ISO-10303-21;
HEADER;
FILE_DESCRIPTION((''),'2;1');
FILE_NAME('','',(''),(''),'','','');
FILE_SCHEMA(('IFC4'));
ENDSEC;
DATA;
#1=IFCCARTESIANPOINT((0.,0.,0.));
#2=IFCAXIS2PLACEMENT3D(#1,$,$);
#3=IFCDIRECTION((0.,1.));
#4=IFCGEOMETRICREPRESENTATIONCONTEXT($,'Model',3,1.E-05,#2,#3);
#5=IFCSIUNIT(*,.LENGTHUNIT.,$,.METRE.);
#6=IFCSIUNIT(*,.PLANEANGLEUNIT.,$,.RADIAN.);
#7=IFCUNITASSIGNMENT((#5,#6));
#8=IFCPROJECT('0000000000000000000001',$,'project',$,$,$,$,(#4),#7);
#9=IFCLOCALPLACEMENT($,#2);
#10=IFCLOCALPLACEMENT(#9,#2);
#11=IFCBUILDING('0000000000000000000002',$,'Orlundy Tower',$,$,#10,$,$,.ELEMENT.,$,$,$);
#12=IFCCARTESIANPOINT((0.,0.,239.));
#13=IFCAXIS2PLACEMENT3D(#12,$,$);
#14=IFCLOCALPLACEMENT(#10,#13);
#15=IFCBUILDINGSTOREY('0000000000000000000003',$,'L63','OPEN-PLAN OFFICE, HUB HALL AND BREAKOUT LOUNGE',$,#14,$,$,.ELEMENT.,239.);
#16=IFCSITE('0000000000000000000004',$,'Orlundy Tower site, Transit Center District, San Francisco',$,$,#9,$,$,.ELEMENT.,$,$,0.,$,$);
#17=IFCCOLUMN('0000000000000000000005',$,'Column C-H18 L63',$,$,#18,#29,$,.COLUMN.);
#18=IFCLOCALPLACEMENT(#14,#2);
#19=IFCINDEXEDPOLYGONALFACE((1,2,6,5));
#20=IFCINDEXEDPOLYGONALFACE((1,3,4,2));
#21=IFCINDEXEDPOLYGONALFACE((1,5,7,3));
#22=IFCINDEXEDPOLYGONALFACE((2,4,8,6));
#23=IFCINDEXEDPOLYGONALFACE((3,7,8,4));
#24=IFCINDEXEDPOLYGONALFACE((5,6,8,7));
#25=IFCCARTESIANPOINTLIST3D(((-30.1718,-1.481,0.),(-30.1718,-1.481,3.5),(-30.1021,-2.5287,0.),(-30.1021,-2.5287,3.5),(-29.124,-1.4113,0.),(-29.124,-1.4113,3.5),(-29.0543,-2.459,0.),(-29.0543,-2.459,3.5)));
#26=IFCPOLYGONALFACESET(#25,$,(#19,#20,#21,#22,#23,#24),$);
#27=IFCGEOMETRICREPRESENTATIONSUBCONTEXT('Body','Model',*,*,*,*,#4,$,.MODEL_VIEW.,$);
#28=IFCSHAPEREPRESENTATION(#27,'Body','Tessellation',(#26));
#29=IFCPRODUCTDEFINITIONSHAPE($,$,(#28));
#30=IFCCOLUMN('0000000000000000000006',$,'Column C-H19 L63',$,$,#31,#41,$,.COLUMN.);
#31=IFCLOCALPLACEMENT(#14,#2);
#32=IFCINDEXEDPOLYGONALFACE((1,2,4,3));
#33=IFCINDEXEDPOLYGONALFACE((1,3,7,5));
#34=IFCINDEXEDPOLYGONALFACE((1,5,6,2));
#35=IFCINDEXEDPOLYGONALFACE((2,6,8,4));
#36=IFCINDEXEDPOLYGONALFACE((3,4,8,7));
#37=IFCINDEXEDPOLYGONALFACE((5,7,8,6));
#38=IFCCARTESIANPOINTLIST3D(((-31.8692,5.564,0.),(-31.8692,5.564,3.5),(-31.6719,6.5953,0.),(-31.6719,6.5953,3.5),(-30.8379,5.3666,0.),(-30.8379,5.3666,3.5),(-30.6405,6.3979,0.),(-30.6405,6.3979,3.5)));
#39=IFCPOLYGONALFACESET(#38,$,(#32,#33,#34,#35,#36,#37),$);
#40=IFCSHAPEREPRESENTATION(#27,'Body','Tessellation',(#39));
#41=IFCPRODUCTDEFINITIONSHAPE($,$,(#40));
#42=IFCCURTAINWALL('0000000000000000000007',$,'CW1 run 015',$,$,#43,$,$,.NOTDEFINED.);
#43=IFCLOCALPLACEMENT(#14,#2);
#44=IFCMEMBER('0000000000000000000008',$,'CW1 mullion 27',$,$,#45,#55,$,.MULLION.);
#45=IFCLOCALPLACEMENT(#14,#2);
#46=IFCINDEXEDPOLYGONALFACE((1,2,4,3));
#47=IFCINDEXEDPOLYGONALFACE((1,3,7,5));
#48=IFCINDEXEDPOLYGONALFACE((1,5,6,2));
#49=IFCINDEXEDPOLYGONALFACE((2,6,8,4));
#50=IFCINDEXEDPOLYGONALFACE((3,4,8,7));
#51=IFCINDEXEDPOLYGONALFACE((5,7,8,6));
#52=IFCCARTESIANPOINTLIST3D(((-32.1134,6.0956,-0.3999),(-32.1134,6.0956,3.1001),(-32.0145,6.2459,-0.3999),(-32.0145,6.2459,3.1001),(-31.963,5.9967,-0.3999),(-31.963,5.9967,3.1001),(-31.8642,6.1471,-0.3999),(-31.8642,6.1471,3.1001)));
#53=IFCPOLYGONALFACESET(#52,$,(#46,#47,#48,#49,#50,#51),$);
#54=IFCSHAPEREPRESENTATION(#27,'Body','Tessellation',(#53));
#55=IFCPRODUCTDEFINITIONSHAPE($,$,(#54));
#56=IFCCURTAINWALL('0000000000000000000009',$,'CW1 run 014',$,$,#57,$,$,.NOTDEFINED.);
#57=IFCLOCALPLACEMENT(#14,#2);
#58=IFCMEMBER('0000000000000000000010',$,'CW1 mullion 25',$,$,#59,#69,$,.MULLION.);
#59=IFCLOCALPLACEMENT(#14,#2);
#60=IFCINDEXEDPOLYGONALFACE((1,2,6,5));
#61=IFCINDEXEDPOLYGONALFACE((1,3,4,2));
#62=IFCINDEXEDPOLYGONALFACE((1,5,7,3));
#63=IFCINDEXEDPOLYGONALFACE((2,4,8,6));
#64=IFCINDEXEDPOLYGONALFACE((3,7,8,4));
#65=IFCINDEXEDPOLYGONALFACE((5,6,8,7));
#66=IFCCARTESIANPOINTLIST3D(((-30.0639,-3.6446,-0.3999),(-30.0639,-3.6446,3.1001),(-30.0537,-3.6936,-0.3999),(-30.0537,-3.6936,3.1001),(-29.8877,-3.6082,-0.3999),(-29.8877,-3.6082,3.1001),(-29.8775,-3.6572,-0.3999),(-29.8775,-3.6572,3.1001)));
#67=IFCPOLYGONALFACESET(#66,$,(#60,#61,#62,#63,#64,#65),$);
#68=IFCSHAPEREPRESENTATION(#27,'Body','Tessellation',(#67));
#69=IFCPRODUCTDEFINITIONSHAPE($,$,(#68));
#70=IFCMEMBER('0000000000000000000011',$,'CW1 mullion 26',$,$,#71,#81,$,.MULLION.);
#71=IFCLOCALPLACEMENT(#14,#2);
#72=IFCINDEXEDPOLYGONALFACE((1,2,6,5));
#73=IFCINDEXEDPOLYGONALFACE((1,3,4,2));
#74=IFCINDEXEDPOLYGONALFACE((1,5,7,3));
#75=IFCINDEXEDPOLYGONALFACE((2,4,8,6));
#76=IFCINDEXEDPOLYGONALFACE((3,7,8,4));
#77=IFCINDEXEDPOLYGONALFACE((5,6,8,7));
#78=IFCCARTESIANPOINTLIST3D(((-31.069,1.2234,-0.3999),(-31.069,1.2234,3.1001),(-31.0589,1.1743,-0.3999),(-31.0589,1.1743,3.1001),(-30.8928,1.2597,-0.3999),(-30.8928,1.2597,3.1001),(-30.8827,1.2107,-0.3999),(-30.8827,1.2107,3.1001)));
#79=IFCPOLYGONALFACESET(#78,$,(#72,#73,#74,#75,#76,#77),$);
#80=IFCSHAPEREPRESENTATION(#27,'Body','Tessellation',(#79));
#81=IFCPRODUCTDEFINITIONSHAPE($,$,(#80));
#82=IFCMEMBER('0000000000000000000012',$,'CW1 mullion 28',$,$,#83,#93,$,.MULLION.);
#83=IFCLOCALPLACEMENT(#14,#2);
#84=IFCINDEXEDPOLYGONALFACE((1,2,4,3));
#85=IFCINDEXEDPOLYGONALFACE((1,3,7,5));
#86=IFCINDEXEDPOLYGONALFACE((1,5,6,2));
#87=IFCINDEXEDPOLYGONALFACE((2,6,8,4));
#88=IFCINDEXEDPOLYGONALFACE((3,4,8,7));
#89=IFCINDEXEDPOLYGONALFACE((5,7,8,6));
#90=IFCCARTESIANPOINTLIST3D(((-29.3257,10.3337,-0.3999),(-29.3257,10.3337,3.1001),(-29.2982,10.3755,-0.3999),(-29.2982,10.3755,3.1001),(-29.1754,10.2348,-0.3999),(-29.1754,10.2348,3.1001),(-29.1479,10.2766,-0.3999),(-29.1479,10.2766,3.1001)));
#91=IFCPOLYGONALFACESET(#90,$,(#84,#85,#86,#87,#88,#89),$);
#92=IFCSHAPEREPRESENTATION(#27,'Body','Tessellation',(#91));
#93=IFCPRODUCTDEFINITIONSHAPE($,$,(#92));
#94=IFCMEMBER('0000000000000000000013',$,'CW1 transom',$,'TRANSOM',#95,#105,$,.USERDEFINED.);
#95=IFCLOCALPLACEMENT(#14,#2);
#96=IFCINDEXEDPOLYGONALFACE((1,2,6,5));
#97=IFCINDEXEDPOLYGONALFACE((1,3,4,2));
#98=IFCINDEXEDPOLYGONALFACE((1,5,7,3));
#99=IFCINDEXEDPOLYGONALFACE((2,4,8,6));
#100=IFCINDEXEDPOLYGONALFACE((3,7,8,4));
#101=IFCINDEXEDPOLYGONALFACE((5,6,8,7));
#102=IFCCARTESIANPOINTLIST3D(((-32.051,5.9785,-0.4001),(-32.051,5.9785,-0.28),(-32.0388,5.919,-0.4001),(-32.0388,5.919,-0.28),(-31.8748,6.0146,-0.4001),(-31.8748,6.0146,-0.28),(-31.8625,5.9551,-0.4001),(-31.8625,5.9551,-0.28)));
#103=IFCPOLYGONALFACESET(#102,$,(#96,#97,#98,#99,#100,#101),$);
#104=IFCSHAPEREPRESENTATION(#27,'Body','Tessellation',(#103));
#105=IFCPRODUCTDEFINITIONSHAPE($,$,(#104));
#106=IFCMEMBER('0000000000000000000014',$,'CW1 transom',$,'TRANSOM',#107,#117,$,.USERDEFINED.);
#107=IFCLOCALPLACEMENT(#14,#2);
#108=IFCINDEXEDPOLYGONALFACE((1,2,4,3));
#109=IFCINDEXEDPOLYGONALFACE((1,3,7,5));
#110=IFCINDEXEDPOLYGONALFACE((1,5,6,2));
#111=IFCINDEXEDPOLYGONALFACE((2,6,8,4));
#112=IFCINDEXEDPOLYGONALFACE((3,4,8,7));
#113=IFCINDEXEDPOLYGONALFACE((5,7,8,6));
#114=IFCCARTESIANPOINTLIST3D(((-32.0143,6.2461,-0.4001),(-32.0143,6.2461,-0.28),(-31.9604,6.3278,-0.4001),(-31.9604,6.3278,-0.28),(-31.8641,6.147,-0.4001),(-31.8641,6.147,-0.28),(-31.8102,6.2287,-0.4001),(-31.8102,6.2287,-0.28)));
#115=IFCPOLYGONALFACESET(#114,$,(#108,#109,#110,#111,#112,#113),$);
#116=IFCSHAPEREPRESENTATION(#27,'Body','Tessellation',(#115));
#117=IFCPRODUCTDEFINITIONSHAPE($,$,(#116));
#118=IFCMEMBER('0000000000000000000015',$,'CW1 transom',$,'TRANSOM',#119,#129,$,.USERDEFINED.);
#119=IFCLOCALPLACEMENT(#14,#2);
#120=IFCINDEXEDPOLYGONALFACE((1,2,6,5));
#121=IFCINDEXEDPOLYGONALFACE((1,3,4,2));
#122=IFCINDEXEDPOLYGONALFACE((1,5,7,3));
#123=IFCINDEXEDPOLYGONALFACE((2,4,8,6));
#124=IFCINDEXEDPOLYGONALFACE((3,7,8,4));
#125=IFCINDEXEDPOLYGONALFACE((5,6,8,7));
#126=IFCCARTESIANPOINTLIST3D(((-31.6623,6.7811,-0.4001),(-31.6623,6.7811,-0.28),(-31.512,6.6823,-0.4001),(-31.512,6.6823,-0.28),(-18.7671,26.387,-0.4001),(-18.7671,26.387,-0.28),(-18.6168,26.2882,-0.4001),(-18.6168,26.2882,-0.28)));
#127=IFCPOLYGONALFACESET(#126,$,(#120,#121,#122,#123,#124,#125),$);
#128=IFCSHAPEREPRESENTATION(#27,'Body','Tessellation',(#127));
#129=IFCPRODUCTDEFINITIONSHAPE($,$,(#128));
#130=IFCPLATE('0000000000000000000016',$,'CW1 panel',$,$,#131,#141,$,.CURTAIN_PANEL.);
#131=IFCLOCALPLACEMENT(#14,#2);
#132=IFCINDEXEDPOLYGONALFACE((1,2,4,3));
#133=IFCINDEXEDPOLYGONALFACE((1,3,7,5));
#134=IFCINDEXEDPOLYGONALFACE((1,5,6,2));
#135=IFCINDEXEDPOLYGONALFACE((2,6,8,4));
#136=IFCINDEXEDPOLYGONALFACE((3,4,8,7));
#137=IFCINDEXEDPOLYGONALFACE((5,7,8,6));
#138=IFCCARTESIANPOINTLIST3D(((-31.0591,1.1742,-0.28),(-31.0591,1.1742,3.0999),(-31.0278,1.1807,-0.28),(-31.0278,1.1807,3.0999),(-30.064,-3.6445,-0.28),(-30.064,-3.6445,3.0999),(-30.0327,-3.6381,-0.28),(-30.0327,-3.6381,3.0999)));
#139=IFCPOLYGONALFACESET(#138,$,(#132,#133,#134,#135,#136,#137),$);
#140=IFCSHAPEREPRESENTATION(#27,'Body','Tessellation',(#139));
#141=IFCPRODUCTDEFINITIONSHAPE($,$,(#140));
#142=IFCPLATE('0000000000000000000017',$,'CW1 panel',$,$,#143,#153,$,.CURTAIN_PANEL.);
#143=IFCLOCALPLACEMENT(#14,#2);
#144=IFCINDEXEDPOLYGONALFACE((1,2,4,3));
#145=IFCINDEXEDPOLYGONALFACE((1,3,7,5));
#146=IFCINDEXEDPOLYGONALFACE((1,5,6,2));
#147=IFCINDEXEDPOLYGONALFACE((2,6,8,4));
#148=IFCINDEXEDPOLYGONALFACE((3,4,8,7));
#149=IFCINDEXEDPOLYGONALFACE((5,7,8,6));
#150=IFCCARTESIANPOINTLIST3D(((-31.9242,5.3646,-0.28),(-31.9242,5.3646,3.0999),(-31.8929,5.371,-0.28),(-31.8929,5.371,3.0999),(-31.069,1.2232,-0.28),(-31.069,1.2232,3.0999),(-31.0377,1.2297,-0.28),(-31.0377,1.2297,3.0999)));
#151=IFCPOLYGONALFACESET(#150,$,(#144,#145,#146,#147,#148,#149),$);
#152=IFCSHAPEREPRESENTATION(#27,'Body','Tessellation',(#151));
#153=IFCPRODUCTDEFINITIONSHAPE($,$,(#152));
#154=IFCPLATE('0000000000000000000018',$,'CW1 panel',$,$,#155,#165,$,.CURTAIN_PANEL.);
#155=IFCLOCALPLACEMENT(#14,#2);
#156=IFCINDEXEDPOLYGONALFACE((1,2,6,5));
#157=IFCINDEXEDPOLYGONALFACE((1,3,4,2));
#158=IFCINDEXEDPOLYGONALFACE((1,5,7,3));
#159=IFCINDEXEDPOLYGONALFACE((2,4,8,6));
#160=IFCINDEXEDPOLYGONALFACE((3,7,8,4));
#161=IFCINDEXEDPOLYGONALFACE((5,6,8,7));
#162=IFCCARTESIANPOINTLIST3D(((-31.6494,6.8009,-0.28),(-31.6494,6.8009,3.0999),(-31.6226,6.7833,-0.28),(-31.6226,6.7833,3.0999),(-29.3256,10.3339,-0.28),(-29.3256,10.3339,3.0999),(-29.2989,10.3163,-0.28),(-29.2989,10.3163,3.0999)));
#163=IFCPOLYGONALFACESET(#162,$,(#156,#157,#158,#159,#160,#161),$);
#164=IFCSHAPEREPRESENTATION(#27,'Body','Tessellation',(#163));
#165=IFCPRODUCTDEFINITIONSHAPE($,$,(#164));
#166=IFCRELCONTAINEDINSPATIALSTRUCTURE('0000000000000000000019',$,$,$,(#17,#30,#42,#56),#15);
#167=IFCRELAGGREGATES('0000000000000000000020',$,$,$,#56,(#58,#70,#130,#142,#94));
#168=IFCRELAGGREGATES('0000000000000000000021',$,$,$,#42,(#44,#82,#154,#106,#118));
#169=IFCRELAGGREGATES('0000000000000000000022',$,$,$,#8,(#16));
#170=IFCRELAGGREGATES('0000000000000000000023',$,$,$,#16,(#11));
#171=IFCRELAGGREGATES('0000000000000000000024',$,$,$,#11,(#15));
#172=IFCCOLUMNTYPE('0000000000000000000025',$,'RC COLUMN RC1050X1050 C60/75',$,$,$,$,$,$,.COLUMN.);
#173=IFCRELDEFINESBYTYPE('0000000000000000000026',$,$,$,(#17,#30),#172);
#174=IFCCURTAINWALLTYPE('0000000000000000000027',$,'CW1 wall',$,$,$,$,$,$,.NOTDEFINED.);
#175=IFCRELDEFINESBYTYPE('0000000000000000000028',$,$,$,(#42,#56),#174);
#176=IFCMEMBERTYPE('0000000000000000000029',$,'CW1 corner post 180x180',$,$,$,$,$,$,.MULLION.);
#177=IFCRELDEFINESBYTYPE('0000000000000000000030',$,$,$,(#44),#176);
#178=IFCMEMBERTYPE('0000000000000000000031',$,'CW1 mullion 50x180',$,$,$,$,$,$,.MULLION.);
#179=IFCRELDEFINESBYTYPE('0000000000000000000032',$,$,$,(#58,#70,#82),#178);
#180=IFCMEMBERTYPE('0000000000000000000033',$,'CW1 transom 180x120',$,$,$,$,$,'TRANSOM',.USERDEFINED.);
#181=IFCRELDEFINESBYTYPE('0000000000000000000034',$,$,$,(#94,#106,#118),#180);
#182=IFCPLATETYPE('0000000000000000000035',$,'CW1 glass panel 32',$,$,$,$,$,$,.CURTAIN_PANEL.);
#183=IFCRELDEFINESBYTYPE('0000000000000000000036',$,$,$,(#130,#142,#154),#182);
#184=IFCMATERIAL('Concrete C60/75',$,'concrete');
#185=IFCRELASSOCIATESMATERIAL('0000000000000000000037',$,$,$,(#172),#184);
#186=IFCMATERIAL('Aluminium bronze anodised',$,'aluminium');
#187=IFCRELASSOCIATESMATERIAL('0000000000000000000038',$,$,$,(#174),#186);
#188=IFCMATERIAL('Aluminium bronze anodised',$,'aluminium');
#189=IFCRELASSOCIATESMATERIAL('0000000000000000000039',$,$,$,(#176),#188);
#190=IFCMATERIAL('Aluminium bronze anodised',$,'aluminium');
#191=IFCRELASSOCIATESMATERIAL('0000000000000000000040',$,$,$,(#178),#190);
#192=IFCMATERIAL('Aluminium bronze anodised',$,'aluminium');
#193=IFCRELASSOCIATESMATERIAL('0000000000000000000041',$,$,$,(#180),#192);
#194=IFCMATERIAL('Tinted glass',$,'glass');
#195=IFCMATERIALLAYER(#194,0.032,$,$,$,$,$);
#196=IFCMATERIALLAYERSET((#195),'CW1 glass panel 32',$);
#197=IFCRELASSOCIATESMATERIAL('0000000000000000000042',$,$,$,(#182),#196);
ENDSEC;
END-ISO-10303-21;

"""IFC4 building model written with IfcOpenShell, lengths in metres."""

from ifc_helpers import new_model, si_unit, direction, frame, origin, origin_2d, place, context, subcontext, project, spatial, rectangle, extrude, material, layer, layer_set, material_profile, profile_set, type_object, element, aggregate, save


model = new_model("IFC4")

# Units and contexts
model_context = context("Model", 3, precision=1e-05, world=origin(), true_north=direction((0.0, 1.0)))
body_context = subcontext(model_context, "Body", "Model", "MODEL_VIEW")
ifc_project = project(units=[si_unit("LENGTHUNIT", "METRE"), si_unit("PLANEANGLEUNIT", "RADIAN")], contexts=[model_context])

# Site, building, storey
site_placement = place(None, origin())
site = spatial("IfcSite", under=ifc_project, at=site_placement, Name="Orlundy Tower site, Transit Center District, San Francisco", CompositionType="ELEMENT", RefElevation=0.0)
building_placement = place(site_placement, origin())
building = spatial("IfcBuilding", under=site, at=building_placement, Name="Orlundy Tower", CompositionType="ELEMENT")
storey_placement = place(building_placement, frame((0.0, 0.0, 239.0)))
storey = spatial("IfcBuildingStorey", under=building, at=storey_placement, Name="L63", Description="OPEN-PLAN OFFICE, HUB HALL AND BREAKOUT LOUNGE", CompositionType="ELEMENT", Elevation=239.0)

# Columns
ifc_material_1 = material(Name="Concrete C60/75", Category="concrete")
ifc_material_profile_1 = material_profile(ifc_material_1, rectangle(XDim=1.05, YDim=1.05, at=origin_2d()), Name="RC1050X1050")
ifc_profile_set_1 = profile_set([ifc_material_profile_1], Name="Concrete C60/75")
column_type = type_object("IfcColumnType", Name="RC COLUMN RC1050X1050 C60/75", PredefinedType="COLUMN", material=ifc_profile_set_1)
for number, where, z_axis, x_axis, name in (
    (1, (-29.613, -1.97, 0.0), (0.0, 0.0, 1.0), (-0.997795, -0.066378, 0.0), "Column C-H18 L63"),
    (2, (-31.2549, 5.981, 0.0), (0.0, 0.0, 1.0), (-0.982179, 0.187947, 0.0), "Column C-H19 L63"),
):
    element("IfcColumn", number, at=place(storey_placement, frame(where, z_axis=z_axis, x_axis=x_axis)), inside=storey, type_object=column_type, Name=name, PredefinedType="COLUMN", context=body_context, shape_type="SweptSolid", body=[
        extrude(rectangle(XDim=1.05, YDim=1.05, at=origin_2d()), origin(), (0.0, 0.0, 1.0), 3.5),
    ])

# Curtain wall, member
ifc_material_2 = material(Name="Aluminium bronze anodised", Category="aluminium")
curtain_wall_type = type_object("IfcCurtainWallType", Name="CW1 wall", PredefinedType="NOTDEFINED", material=ifc_material_2)
curtain_wall_1_placement = place(storey_placement, origin())
curtain_wall_1 = element("IfcCurtainWall", 3, at=curtain_wall_1_placement, inside=storey, type_object=curtain_wall_type, Name="CW1 run 015", PredefinedType="NOTDEFINED")
ifc_material_3 = material(Name="Aluminium bronze anodised", Category="aluminium")
ifc_material_profile_2 = material_profile(ifc_material_3, rectangle(XDim=0.1799, YDim=0.1799, at=origin_2d()), Name="CW1 corner post 180x180")
ifc_profile_set_2 = profile_set([ifc_material_profile_2], Name="Aluminium bronze anodised")
member_type_1 = type_object("IfcMemberType", Name="CW1 corner post 180x180", PredefinedType="MULLION", material=ifc_profile_set_2)
member_1_placement = place(storey_placement, frame((-31.9888, 6.1213, -0.3999), z_axis=(0.0, 0.0, 1.0), x_axis=(-0.835482, 0.549517, 0.0)))
member_1 = element("IfcMember", 4, at=member_1_placement, type_object=member_type_1, Name="CW1 mullion 27", PredefinedType="MULLION", context=body_context, shape_type="SweptSolid", body=[
    extrude(rectangle(XDim=0.1799, YDim=0.1799, at=origin_2d()), origin(), (0.0, 0.0, 1.0), 3.5),
])

# Curtain wall, members
curtain_wall_2_placement = place(storey_placement, origin())
curtain_wall_2 = element("IfcCurtainWall", 5, at=curtain_wall_2_placement, inside=storey, type_object=curtain_wall_type, Name="CW1 run 014", PredefinedType="NOTDEFINED")
ifc_material_4 = material(Name="Aluminium bronze anodised", Category="aluminium")
ifc_material_profile_3 = material_profile(ifc_material_4, rectangle(XDim=0.1799, YDim=0.05, at=origin_2d()), Name="CW1 mullion 50x180")
ifc_profile_set_3 = profile_set([ifc_material_profile_3], Name="Aluminium bronze anodised")
member_type_2 = type_object("IfcMemberType", Name="CW1 mullion 50x180", PredefinedType="MULLION", material=ifc_profile_set_3)
member_2_placement = place(storey_placement, frame((-29.9707, -3.6509, -0.3999), z_axis=(0.0, 0.0, 1.0), x_axis=(-0.979337, -0.202233, 0.0)))
member_2 = element("IfcMember", 6, at=member_2_placement, type_object=member_type_2, Name="CW1 mullion 25", PredefinedType="MULLION", context=body_context, shape_type="SweptSolid", body=[
    extrude(rectangle(XDim=0.1799, YDim=0.05, at=origin_2d()), origin(), (0.0, 0.0, 1.0), 3.5),
])
member_3_placement = place(storey_placement, frame((-30.9758, 1.217, -0.3999), z_axis=(0.0, 0.0, 1.0), x_axis=(-0.979337, -0.202233, 0.0)))
member_3 = element("IfcMember", 7, at=member_3_placement, type_object=member_type_2, Name="CW1 mullion 26", PredefinedType="MULLION", context=body_context, shape_type="SweptSolid", body=[
    extrude(rectangle(XDim=0.1799, YDim=0.05, at=origin_2d()), origin(), (0.0, 0.0, 1.0), 3.5),
])

# Members
member_4_placement = place(storey_placement, frame((-29.2368, 10.3052, -0.3999), z_axis=(0.0, 0.0, 1.0), x_axis=(-0.835482, 0.549517, 0.0)))
member_4 = element("IfcMember", 8, at=member_4_placement, type_object=member_type_2, Name="CW1 mullion 28", PredefinedType="MULLION", context=body_context, shape_type="SweptSolid", body=[
    extrude(rectangle(XDim=0.1799, YDim=0.05, at=origin_2d()), origin(), (0.0, 0.0, 1.0), 3.5),
])
ifc_material_5 = material(Name="Aluminium bronze anodised", Category="aluminium")
ifc_material_profile_4 = material_profile(ifc_material_5, rectangle(XDim=0.1799, YDim=0.1201, at=origin_2d()), Name="CW1 transom 180x120")
ifc_profile_set_4 = profile_set([ifc_material_profile_4], Name="Aluminium bronze anodised")
member_type_3 = type_object("IfcMemberType", Name="CW1 transom 180x120", ElementType="TRANSOM", PredefinedType="USERDEFINED", material=ifc_profile_set_4)
member_5_placement = place(storey_placement, frame((-31.9507, 5.937, -0.3401), z_axis=(-0.200747, 0.979643, 0.0), x_axis=(-0.979643, -0.200747, 0.0)))
member_5 = element("IfcMember", 9, at=member_5_placement, type_object=member_type_3, Name="CW1 transom", ObjectType="TRANSOM", PredefinedType="USERDEFINED", context=body_context, shape_type="SweptSolid", body=[
    extrude(rectangle(XDim=0.1799, YDim=0.1201, at=origin_2d()), origin(), (0.0, 0.0, 1.0), 0.0608),
])
member_6_placement = place(storey_placement, frame((-31.9392, 6.1965, -0.3401), z_axis=(0.550669, 0.834724, 0.0), x_axis=(-0.834724, 0.550669, 0.0)))
member_6 = element("IfcMember", 10, at=member_6_placement, type_object=member_type_3, Name="CW1 transom", ObjectType="TRANSOM", PredefinedType="USERDEFINED", context=body_context, shape_type="SweptSolid", body=[
    extrude(rectangle(XDim=0.1799, YDim=0.1201, at=origin_2d()), origin(), (0.0, 0.0, 1.0), 0.0979),
])
member_7_placement = place(storey_placement, frame((-31.5872, 6.7317, -0.3401), z_axis=(0.549516, 0.835483, 0.0), x_axis=(-0.835483, 0.549516, 0.0)))
member_7 = element("IfcMember", 11, at=member_7_placement, type_object=member_type_3, Name="CW1 transom", ObjectType="TRANSOM", PredefinedType="USERDEFINED", context=body_context, shape_type="SweptSolid", body=[
    extrude(rectangle(XDim=0.1799, YDim=0.1201, at=origin_2d()), origin(), (0.0, 0.0, 1.0), 23.4666),
])

# Plates
ifc_material_6 = material(Name="Tinted glass", Category="glass")
ifc_layer_1 = layer(ifc_material_6, 0.032)
ifc_layer_set_1 = layer_set([ifc_layer_1], Name="CW1 glass panel 32")
plate_type = type_object("IfcPlateType", Name="CW1 glass panel 32", PredefinedType="CURTAIN_PANEL", material=ifc_layer_set_1)
plate_1_placement = place(storey_placement, frame((-30.5459, -1.2319, -0.28), z_axis=(0.0, 0.0, 1.0), x_axis=(-0.202233, 0.979337, 0.0)))
plate_1 = element("IfcPlate", 12, at=plate_1_placement, type_object=plate_type, Name="CW1 panel", PredefinedType="CURTAIN_PANEL", context=body_context, shape_type="SweptSolid", body=[
    extrude(rectangle(XDim=4.9204, YDim=0.032, at=origin_2d()), origin(), (0.0, 0.0, 1.0), 3.3799),
])
plate_2_placement = place(storey_placement, frame((-31.481, 3.2971, -0.28), z_axis=(0.0, 0.0, 1.0), x_axis=(-0.202233, 0.979337, 0.0)))
plate_2 = element("IfcPlate", 13, at=plate_2_placement, type_object=plate_type, Name="CW1 panel", PredefinedType="CURTAIN_PANEL", context=body_context, shape_type="SweptSolid", body=[
    extrude(rectangle(XDim=4.2288, YDim=0.032, at=origin_2d()), origin(), (0.0, 0.0, 1.0), 3.3799),
])
aggregate(curtain_wall_2, [member_2, member_3, plate_1, plate_2, member_5])
plate_3_placement = place(storey_placement, frame((-30.4741, 8.5586, -0.28), z_axis=(0.0, 0.0, 1.0), x_axis=(0.549517, 0.835482, 0.0)))
plate_3 = element("IfcPlate", 14, at=plate_3_placement, type_object=plate_type, Name="CW1 panel", PredefinedType="CURTAIN_PANEL", context=body_context, shape_type="SweptSolid", body=[
    extrude(rectangle(XDim=4.2288, YDim=0.032, at=origin_2d()), origin(), (0.0, 0.0, 1.0), 3.3799),
])
aggregate(curtain_wall_1, [member_1, member_4, plate_3, member_6, member_7])

save(model, "model.ifc")
